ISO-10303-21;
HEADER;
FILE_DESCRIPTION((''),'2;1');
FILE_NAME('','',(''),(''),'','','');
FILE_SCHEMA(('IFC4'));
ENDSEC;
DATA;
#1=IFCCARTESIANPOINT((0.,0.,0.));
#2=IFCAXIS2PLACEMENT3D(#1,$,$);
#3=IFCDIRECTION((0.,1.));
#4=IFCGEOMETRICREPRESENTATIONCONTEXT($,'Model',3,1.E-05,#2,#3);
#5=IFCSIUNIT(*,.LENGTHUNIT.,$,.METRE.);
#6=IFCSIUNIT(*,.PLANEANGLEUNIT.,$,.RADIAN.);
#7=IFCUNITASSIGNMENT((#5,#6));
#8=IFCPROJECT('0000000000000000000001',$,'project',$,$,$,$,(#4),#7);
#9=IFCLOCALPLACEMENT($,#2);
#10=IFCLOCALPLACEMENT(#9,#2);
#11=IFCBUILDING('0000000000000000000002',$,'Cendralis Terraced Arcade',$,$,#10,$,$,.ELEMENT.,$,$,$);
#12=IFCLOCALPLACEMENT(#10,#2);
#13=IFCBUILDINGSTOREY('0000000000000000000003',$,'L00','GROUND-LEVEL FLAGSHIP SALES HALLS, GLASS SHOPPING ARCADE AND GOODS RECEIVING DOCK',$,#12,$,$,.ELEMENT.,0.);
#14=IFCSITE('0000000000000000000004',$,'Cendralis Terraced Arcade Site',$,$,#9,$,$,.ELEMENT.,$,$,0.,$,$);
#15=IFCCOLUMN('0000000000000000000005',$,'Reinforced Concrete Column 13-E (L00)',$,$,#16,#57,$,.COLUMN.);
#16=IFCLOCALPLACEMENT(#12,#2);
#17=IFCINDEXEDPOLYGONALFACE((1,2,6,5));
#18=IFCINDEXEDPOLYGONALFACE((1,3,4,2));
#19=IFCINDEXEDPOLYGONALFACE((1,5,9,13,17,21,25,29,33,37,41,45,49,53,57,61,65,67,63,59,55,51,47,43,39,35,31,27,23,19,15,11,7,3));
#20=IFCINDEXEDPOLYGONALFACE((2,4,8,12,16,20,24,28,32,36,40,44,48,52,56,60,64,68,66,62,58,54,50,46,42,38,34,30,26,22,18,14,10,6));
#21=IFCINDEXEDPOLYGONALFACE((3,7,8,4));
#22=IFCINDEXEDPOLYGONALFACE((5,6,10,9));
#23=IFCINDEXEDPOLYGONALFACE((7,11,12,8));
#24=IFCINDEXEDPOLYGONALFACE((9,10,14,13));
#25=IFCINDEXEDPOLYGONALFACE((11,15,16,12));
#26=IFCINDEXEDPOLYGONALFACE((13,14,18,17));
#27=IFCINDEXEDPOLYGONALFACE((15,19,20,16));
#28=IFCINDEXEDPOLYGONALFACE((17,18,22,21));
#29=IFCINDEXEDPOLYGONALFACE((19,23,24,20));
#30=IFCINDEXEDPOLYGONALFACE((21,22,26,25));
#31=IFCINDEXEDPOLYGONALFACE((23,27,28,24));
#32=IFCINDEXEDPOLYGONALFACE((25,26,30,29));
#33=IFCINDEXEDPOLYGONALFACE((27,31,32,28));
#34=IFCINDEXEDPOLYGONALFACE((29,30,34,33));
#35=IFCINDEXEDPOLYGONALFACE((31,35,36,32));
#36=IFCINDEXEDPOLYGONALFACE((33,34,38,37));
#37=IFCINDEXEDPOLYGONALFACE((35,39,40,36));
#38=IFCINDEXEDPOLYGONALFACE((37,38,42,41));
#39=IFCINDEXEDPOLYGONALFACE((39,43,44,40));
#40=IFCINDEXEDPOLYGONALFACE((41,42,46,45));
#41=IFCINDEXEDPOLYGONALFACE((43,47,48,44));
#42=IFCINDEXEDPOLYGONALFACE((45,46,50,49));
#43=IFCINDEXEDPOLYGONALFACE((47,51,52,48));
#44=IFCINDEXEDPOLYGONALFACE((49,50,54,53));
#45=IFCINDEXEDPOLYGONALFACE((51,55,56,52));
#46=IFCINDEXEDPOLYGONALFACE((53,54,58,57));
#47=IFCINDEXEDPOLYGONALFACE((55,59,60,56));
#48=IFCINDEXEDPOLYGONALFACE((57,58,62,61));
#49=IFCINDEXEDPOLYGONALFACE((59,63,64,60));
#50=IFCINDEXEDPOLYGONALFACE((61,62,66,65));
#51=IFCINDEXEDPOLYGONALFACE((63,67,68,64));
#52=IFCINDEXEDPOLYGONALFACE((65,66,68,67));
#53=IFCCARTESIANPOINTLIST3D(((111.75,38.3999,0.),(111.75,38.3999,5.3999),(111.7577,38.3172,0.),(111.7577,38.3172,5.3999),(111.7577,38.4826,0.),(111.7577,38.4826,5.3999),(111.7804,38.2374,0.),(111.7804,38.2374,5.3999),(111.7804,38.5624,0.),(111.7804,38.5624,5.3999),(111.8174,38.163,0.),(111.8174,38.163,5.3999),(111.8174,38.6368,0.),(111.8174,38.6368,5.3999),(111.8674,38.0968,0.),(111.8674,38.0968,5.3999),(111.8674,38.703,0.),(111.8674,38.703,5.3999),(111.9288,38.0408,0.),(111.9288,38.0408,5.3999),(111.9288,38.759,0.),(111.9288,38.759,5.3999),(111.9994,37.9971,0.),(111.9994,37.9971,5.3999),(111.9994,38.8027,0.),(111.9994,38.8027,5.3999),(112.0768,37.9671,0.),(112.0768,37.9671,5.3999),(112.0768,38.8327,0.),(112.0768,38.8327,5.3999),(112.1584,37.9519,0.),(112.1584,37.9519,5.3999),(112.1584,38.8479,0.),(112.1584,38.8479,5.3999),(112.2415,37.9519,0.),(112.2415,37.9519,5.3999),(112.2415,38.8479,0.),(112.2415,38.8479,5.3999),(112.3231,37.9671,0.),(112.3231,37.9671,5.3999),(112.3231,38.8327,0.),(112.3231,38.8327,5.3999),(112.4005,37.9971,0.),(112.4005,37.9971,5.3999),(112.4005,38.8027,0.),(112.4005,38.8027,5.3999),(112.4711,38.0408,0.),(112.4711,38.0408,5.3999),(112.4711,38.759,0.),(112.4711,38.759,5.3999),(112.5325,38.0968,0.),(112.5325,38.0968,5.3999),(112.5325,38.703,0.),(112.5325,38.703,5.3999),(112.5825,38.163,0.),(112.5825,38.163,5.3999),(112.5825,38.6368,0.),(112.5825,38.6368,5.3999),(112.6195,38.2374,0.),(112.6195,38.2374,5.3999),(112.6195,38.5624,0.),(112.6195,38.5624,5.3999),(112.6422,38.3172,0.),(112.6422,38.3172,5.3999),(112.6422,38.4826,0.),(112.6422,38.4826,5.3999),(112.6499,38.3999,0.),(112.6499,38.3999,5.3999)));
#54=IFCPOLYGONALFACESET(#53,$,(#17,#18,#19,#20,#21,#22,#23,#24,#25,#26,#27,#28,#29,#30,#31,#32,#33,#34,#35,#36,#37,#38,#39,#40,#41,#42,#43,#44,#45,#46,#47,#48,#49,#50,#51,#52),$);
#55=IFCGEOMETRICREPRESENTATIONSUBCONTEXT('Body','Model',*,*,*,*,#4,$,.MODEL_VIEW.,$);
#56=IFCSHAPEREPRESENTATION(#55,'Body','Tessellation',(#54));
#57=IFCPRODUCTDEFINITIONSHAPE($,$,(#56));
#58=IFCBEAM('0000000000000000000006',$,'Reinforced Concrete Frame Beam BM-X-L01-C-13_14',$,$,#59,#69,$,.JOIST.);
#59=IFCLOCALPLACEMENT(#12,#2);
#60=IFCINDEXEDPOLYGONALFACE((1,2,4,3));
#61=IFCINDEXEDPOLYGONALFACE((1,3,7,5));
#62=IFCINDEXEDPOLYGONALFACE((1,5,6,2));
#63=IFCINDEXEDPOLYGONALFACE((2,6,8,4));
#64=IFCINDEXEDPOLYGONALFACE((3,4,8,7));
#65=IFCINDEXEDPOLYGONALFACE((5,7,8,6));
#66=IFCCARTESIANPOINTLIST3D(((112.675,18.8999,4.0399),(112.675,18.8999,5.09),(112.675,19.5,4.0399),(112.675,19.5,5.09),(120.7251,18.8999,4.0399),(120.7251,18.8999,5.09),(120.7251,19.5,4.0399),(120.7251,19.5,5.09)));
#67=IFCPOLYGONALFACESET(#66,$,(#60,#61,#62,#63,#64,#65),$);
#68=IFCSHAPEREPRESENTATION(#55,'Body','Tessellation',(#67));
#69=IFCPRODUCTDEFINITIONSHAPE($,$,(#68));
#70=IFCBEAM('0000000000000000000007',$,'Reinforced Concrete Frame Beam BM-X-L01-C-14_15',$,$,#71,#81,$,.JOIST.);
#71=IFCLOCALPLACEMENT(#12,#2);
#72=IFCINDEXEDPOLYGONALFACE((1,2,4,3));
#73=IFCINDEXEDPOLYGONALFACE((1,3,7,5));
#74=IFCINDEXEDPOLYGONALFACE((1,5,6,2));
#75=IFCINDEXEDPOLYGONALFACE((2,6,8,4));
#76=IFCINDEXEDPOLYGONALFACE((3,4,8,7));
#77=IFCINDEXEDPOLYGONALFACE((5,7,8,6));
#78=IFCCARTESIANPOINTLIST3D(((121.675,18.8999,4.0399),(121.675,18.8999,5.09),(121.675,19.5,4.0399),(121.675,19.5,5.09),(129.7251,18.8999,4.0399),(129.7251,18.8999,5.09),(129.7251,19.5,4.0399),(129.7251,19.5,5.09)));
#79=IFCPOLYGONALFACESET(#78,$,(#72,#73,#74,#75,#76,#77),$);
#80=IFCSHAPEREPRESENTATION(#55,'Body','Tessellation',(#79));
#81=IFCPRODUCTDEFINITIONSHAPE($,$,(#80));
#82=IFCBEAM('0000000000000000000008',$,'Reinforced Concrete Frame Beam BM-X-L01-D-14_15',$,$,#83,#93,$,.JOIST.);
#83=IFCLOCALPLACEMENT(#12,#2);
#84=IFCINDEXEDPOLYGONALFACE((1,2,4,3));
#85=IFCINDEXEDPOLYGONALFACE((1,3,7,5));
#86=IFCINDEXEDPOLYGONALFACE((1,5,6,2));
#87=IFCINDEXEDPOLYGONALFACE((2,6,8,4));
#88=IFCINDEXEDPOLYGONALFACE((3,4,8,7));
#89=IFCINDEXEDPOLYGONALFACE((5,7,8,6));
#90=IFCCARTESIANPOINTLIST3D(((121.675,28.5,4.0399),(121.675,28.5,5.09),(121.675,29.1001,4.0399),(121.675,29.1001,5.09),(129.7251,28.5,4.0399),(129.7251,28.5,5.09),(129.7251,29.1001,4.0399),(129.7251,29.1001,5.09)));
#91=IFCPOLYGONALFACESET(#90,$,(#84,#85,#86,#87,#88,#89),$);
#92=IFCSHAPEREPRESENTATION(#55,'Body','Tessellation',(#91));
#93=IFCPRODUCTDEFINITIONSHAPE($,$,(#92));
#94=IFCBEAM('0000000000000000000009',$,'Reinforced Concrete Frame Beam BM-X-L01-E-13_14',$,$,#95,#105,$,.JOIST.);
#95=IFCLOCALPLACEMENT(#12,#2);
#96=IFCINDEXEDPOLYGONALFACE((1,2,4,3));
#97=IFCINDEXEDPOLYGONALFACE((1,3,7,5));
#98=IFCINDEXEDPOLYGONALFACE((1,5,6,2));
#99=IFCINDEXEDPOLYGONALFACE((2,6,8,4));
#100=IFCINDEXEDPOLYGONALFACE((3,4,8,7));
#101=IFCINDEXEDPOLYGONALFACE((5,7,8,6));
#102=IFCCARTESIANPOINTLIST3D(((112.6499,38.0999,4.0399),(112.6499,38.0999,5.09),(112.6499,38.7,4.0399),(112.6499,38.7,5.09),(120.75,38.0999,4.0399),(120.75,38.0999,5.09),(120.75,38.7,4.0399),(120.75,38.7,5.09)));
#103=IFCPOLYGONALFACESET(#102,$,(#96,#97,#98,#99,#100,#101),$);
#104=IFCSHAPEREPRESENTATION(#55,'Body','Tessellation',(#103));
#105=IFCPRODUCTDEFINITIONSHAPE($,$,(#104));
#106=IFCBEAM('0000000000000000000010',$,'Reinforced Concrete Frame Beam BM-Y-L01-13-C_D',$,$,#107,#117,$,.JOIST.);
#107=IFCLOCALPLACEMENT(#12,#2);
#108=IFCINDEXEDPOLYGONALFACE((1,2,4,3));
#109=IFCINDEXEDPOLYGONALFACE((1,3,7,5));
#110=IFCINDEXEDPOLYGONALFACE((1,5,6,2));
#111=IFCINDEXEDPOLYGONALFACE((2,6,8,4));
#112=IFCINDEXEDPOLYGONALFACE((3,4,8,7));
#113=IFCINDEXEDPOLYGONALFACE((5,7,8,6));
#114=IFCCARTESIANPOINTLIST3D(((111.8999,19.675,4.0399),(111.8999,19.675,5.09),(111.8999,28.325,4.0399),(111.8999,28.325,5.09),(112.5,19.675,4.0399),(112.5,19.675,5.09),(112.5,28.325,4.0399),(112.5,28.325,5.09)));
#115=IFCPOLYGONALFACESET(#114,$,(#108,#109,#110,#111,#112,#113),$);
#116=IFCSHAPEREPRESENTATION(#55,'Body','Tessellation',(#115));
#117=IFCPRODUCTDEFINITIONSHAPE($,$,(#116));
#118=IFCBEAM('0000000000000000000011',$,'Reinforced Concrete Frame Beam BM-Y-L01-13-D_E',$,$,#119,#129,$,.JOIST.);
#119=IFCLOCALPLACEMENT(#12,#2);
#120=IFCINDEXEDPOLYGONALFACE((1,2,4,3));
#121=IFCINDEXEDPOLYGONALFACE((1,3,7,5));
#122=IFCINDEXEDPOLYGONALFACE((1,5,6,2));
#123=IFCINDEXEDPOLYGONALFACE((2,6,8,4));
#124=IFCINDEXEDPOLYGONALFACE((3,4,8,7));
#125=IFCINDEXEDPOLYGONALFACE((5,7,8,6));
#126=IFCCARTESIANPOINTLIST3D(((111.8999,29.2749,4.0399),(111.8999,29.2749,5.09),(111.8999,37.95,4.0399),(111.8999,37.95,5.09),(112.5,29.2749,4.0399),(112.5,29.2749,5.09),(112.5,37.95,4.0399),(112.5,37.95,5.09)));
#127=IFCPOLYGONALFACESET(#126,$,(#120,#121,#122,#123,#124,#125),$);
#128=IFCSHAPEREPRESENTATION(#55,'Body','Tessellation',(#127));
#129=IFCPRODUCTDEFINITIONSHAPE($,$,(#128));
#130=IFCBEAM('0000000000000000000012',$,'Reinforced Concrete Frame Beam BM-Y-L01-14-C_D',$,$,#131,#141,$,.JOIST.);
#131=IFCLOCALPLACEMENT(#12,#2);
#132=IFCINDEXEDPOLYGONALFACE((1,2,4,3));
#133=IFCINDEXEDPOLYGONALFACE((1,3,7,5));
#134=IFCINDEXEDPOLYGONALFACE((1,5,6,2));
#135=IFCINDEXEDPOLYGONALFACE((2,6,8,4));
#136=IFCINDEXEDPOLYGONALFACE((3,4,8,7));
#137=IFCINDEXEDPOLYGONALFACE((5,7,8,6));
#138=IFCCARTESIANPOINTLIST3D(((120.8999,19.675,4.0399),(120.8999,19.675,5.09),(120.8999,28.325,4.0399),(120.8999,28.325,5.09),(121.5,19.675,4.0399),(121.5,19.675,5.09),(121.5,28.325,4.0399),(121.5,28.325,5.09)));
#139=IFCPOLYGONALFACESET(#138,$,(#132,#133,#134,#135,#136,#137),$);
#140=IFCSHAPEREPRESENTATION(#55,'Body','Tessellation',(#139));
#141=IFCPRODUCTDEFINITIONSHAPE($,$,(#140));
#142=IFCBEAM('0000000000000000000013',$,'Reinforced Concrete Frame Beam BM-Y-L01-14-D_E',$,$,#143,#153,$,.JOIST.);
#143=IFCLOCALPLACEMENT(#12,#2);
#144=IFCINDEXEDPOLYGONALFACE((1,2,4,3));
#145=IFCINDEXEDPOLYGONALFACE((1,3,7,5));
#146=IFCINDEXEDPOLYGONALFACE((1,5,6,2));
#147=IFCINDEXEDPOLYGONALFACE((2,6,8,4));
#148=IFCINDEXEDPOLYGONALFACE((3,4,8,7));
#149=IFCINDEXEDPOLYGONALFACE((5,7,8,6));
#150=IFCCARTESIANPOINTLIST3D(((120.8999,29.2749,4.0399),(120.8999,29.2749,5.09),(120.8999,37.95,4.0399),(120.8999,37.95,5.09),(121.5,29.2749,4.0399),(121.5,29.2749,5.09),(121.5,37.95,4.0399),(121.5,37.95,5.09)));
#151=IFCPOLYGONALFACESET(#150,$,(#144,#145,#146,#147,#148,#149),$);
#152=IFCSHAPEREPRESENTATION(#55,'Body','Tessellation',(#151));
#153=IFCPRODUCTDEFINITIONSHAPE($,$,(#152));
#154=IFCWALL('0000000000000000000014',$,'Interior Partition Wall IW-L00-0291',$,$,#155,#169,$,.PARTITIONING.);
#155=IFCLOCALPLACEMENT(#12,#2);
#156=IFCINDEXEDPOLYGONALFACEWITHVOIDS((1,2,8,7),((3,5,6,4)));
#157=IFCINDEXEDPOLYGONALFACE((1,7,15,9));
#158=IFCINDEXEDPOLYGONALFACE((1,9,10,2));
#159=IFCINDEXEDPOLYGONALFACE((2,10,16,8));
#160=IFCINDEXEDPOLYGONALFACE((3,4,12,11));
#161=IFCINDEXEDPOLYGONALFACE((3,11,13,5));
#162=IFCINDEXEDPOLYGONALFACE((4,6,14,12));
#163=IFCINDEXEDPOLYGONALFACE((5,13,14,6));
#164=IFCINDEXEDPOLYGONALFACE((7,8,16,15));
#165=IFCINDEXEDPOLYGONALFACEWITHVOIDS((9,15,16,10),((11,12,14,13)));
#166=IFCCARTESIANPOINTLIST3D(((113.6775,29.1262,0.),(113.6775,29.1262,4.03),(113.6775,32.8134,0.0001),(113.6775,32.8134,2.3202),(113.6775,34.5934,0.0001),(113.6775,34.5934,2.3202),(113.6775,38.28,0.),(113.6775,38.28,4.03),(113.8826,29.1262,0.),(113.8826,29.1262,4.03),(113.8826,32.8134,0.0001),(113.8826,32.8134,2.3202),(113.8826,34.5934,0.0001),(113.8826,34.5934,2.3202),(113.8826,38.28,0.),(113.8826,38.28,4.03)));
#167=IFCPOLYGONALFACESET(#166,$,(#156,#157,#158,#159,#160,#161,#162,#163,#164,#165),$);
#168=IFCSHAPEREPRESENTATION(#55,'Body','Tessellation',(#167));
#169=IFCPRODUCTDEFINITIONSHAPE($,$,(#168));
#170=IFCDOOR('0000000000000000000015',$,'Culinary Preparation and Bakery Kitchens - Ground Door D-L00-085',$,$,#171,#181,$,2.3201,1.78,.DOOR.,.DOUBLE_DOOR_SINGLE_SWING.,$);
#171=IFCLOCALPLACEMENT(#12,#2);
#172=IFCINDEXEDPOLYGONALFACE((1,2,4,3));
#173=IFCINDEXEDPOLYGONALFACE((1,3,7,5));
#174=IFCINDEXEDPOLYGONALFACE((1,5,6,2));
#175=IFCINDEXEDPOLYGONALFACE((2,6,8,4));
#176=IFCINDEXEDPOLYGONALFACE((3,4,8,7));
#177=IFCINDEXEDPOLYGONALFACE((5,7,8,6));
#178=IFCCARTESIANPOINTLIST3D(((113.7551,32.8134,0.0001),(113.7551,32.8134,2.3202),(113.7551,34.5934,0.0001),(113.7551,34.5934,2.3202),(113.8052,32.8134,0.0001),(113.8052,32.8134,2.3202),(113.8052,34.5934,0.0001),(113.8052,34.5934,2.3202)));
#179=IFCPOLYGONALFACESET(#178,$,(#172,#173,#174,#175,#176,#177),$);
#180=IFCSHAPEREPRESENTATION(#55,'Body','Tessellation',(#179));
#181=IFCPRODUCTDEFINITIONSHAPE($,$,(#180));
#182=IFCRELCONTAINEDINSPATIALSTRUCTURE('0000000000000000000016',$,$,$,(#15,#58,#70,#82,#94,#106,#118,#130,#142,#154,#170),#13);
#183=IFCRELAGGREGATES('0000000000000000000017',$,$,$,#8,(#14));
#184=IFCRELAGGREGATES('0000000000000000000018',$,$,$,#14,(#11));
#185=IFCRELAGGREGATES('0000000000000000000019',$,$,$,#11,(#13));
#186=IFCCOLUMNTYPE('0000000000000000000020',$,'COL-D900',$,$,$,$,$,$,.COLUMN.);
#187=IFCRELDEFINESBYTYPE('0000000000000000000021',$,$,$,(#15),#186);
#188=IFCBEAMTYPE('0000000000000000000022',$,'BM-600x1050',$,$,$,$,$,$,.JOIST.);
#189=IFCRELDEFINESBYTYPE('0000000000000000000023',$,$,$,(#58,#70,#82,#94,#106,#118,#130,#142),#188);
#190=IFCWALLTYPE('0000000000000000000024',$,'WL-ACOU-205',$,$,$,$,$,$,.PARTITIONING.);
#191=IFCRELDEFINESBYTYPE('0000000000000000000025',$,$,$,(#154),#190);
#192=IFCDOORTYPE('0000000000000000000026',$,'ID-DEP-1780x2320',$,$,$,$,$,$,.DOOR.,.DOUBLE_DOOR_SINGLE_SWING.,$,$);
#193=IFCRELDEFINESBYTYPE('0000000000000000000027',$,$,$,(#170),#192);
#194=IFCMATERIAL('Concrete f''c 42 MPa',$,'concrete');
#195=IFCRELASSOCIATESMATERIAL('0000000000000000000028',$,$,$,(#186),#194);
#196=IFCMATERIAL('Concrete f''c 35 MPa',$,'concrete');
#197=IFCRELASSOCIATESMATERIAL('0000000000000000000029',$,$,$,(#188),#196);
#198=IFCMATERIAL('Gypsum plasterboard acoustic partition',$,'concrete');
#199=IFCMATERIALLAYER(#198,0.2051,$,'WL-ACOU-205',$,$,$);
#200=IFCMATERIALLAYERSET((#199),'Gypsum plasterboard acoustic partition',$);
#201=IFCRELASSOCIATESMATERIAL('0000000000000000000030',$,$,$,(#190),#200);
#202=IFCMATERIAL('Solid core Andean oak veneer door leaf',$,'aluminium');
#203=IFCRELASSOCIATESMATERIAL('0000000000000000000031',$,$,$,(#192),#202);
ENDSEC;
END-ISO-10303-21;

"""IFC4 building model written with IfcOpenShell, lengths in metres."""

from ifc_helpers import new_model, si_unit, direction, frame, frame_2d, origin, origin_2d, place, context, subcontext, project, spatial, rectangle, circle, extrude, material, layer, layer_set, material_profile, profile_set, type_object, element, fill, save


model = new_model("IFC4")

# Units and contexts
model_context = context("Model", 3, precision=1e-05, world=origin(), true_north=direction((0.0, 1.0)))
body_context = subcontext(model_context, "Body", "Model", "MODEL_VIEW")
ifc_project = project(units=[si_unit("LENGTHUNIT", "METRE"), si_unit("PLANEANGLEUNIT", "RADIAN")], contexts=[model_context])

# Site, building, storey
site_placement = place(None, origin())
site = spatial("IfcSite", under=ifc_project, at=site_placement, Name="Cendralis Terraced Arcade Site", CompositionType="ELEMENT", RefElevation=0.0)
building_placement = place(site_placement, origin())
building = spatial("IfcBuilding", under=site, at=building_placement, Name="Cendralis Terraced Arcade", CompositionType="ELEMENT")
storey_placement = place(building_placement, origin())
storey = spatial("IfcBuildingStorey", under=building, at=storey_placement, Name="L00", Description="GROUND-LEVEL FLAGSHIP SALES HALLS, GLASS SHOPPING ARCADE AND GOODS RECEIVING DOCK", CompositionType="ELEMENT", Elevation=0.0)

# Shared definitions
ifc_material_1 = material(Name="Concrete f'c 35 MPa", Category="concrete")

# Column
ifc_material_2 = material(Name="Concrete f'c 42 MPa", Category="concrete")
ifc_material_profile_1 = material_profile(ifc_material_2, circle(Radius=0.45, at=origin_2d()), Name="RC-COL-D900", Category="LoadBearing")
ifc_profile_set_1 = profile_set([ifc_material_profile_1], Name="Concrete f'c 42 MPa")
column_type_1 = type_object("IfcColumnType", Name="COL-D900", PredefinedType="COLUMN", material=ifc_profile_set_1)
column_1_placement = place(storey_placement, frame((112.2, 38.3999, 0.0), z_axis=(0.0, 0.0, 1.0), x_axis=(1.0, 0.0, 0.0)))
element("IfcColumn", 1, at=column_1_placement, inside=storey, type_object=column_type_1, Name="Reinforced Concrete Column 13-E (L00)", PredefinedType="COLUMN", context=body_context, shape_type="SweptSolid", body=[
    extrude(circle(Radius=0.45, at=origin_2d()), origin(), (0.0, 0.0, 1.0), 5.3999),
])

# Beams
ifc_material_profile_2 = material_profile(ifc_material_1, rectangle(XDim=0.6001, YDim=1.05, at=origin_2d()), Name="RC-BM-600x1050", Category="LoadBearing")
ifc_profile_set_2 = profile_set([ifc_material_profile_2], Name="Concrete f'c 35 MPa")
beam_type = type_object("IfcBeamType", Name="BM-600x1050", PredefinedType="JOIST", material=ifc_profile_set_2)
for number, where, z_axis, x_axis, name in (
    (2, (112.675, 19.2, 4.5649), (1.0, 0.0, 0.0), (0.0, 1.0, 0.0), "Reinforced Concrete Frame Beam BM-X-L01-C-13_14"),
    (3, (121.675, 19.2, 4.5649), (1.0, 0.0, 0.0), (0.0, 1.0, 0.0), "Reinforced Concrete Frame Beam BM-X-L01-C-14_15"),
    (4, (121.675, 28.8, 4.5649), (1.0, 0.0, 0.0), (0.0, 1.0, 0.0), "Reinforced Concrete Frame Beam BM-X-L01-D-14_15"),
):
    element("IfcBeam", number, at=place(storey_placement, frame(where, z_axis=z_axis, x_axis=x_axis)), inside=storey, type_object=beam_type, Name=name, PredefinedType="JOIST", context=body_context, shape_type="SweptSolid", body=[
        extrude(rectangle(XDim=0.6001, YDim=1.05, at=origin_2d()), origin(), (0.0, 0.0, 1.0), 8.05),
    ])
beam_1_placement = place(storey_placement, frame((112.6499, 38.3999, 4.5649), z_axis=(1.0, 0.0, 0.0), x_axis=(0.0, 1.0, 0.0)))
element("IfcBeam", 5, at=beam_1_placement, inside=storey, type_object=beam_type, Name="Reinforced Concrete Frame Beam BM-X-L01-E-13_14", PredefinedType="JOIST", context=body_context, shape_type="SweptSolid", body=[
    extrude(rectangle(XDim=0.6001, YDim=1.05, at=origin_2d()), origin(), (0.0, 0.0, 1.0), 8.1001),
])
beam_2_placement = place(storey_placement, frame((112.2, 19.675, 4.5649), z_axis=(0.0, 1.0, 0.0), x_axis=(-1.0, 0.0, 0.0)))
element("IfcBeam", 6, at=beam_2_placement, inside=storey, type_object=beam_type, Name="Reinforced Concrete Frame Beam BM-Y-L01-13-C_D", PredefinedType="JOIST", context=body_context, shape_type="SweptSolid", body=[
    extrude(rectangle(XDim=0.6001, YDim=1.05, at=origin_2d()), origin(), (0.0, 0.0, 1.0), 8.6499),
])
beam_3_placement = place(storey_placement, frame((112.2, 29.2749, 4.5649), z_axis=(0.0, 1.0, 0.0), x_axis=(-1.0, 0.0, 0.0)))
element("IfcBeam", 7, at=beam_3_placement, inside=storey, type_object=beam_type, Name="Reinforced Concrete Frame Beam BM-Y-L01-13-D_E", PredefinedType="JOIST", context=body_context, shape_type="SweptSolid", body=[
    extrude(rectangle(XDim=0.6001, YDim=1.05, at=origin_2d()), origin(), (0.0, 0.0, 1.0), 8.675),
])
beam_4_placement = place(storey_placement, frame((121.2, 19.675, 4.5649), z_axis=(0.0, 1.0, 0.0), x_axis=(-1.0, 0.0, 0.0)))
element("IfcBeam", 8, at=beam_4_placement, inside=storey, type_object=beam_type, Name="Reinforced Concrete Frame Beam BM-Y-L01-14-C_D", PredefinedType="JOIST", context=body_context, shape_type="SweptSolid", body=[
    extrude(rectangle(XDim=0.6001, YDim=1.05, at=origin_2d()), origin(), (0.0, 0.0, 1.0), 8.6499),
])
beam_5_placement = place(storey_placement, frame((121.2, 29.2749, 4.5649), z_axis=(0.0, 1.0, 0.0), x_axis=(-1.0, 0.0, 0.0)))
element("IfcBeam", 9, at=beam_5_placement, inside=storey, type_object=beam_type, Name="Reinforced Concrete Frame Beam BM-Y-L01-14-D_E", PredefinedType="JOIST", context=body_context, shape_type="SweptSolid", body=[
    extrude(rectangle(XDim=0.6001, YDim=1.05, at=origin_2d()), origin(), (0.0, 0.0, 1.0), 8.675),
])

# Wall, opening, door
ifc_material_3 = material(Name="Gypsum plasterboard acoustic partition", Category="concrete")
ifc_layer_1 = layer(ifc_material_3, 0.2051, Name="WL-ACOU-205")
ifc_layer_set_1 = layer_set([ifc_layer_1], Name="Gypsum plasterboard acoustic partition")
wall_type_1 = type_object("IfcWallType", Name="WL-ACOU-205", PredefinedType="PARTITIONING", material=ifc_layer_set_1)
wall_1_placement = place(storey_placement, frame((113.78, 29.1262, 0.0), z_axis=(0.0, 0.0, 1.0), x_axis=(0.0, 1.0, 0.0)))
wall_1 = element("IfcWall", 10, at=wall_1_placement, inside=storey, type_object=wall_type_1, Name="Interior Partition Wall IW-L00-0291", PredefinedType="PARTITIONING", context=body_context, shape_type="SweptSolid", body=[
    extrude(rectangle(XDim=9.1538, YDim=0.2051, at=frame_2d((4.5769, 0.0))), origin(), (0.0, 0.0, 1.0), 4.03),
])
opening_1_placement = place(wall_1_placement, frame((3.687, 0.0, 0.0)))
opening_1 = element("IfcOpeningElement", 11, at=opening_1_placement, cuts=wall_1, PredefinedType="OPENING", context=body_context, shape_type="SweptSolid", body=[
    extrude(rectangle(XDim=1.78, YDim=2.3201, at=frame_2d((0.8901, 1.1602))), frame((0.0, 0.1145, 0.0), z_axis=(0.0, -1.0, 0.0), x_axis=(1.0, 0.0, 0.0)), (0.0, 0.0, 1.0), 0.229),
])
ifc_material_4 = material(Name="Solid core Andean oak veneer door leaf", Category="aluminium")
door_type_1 = type_object("IfcDoorType", Name="ID-DEP-1780x2320", OperationType="DOUBLE_DOOR_SINGLE_SWING", PredefinedType="DOOR", material=ifc_material_4)
door_1_placement = place(opening_1_placement, origin())
door_1 = element("IfcDoor", 12, at=door_1_placement, inside=storey, type_object=door_type_1, Name="Culinary Preparation and Bakery Kitchens - Ground Door D-L00-085", OperationType="DOUBLE_DOOR_SINGLE_SWING", OverallHeight=2.3201, OverallWidth=1.78, PredefinedType="DOOR", context=body_context, shape_type="SweptSolid", body=[
    extrude(rectangle(XDim=1.78, YDim=2.3201, at=frame_2d((0.8901, 1.1602))), frame((0.0, 0.0249, 0.0), z_axis=(0.0, -1.0, 0.0), x_axis=(1.0, 0.0, 0.0)), (0.0, 0.0, 1.0), 0.05),
])
fill(opening_1, door_1)

save(model, "model.ifc")
